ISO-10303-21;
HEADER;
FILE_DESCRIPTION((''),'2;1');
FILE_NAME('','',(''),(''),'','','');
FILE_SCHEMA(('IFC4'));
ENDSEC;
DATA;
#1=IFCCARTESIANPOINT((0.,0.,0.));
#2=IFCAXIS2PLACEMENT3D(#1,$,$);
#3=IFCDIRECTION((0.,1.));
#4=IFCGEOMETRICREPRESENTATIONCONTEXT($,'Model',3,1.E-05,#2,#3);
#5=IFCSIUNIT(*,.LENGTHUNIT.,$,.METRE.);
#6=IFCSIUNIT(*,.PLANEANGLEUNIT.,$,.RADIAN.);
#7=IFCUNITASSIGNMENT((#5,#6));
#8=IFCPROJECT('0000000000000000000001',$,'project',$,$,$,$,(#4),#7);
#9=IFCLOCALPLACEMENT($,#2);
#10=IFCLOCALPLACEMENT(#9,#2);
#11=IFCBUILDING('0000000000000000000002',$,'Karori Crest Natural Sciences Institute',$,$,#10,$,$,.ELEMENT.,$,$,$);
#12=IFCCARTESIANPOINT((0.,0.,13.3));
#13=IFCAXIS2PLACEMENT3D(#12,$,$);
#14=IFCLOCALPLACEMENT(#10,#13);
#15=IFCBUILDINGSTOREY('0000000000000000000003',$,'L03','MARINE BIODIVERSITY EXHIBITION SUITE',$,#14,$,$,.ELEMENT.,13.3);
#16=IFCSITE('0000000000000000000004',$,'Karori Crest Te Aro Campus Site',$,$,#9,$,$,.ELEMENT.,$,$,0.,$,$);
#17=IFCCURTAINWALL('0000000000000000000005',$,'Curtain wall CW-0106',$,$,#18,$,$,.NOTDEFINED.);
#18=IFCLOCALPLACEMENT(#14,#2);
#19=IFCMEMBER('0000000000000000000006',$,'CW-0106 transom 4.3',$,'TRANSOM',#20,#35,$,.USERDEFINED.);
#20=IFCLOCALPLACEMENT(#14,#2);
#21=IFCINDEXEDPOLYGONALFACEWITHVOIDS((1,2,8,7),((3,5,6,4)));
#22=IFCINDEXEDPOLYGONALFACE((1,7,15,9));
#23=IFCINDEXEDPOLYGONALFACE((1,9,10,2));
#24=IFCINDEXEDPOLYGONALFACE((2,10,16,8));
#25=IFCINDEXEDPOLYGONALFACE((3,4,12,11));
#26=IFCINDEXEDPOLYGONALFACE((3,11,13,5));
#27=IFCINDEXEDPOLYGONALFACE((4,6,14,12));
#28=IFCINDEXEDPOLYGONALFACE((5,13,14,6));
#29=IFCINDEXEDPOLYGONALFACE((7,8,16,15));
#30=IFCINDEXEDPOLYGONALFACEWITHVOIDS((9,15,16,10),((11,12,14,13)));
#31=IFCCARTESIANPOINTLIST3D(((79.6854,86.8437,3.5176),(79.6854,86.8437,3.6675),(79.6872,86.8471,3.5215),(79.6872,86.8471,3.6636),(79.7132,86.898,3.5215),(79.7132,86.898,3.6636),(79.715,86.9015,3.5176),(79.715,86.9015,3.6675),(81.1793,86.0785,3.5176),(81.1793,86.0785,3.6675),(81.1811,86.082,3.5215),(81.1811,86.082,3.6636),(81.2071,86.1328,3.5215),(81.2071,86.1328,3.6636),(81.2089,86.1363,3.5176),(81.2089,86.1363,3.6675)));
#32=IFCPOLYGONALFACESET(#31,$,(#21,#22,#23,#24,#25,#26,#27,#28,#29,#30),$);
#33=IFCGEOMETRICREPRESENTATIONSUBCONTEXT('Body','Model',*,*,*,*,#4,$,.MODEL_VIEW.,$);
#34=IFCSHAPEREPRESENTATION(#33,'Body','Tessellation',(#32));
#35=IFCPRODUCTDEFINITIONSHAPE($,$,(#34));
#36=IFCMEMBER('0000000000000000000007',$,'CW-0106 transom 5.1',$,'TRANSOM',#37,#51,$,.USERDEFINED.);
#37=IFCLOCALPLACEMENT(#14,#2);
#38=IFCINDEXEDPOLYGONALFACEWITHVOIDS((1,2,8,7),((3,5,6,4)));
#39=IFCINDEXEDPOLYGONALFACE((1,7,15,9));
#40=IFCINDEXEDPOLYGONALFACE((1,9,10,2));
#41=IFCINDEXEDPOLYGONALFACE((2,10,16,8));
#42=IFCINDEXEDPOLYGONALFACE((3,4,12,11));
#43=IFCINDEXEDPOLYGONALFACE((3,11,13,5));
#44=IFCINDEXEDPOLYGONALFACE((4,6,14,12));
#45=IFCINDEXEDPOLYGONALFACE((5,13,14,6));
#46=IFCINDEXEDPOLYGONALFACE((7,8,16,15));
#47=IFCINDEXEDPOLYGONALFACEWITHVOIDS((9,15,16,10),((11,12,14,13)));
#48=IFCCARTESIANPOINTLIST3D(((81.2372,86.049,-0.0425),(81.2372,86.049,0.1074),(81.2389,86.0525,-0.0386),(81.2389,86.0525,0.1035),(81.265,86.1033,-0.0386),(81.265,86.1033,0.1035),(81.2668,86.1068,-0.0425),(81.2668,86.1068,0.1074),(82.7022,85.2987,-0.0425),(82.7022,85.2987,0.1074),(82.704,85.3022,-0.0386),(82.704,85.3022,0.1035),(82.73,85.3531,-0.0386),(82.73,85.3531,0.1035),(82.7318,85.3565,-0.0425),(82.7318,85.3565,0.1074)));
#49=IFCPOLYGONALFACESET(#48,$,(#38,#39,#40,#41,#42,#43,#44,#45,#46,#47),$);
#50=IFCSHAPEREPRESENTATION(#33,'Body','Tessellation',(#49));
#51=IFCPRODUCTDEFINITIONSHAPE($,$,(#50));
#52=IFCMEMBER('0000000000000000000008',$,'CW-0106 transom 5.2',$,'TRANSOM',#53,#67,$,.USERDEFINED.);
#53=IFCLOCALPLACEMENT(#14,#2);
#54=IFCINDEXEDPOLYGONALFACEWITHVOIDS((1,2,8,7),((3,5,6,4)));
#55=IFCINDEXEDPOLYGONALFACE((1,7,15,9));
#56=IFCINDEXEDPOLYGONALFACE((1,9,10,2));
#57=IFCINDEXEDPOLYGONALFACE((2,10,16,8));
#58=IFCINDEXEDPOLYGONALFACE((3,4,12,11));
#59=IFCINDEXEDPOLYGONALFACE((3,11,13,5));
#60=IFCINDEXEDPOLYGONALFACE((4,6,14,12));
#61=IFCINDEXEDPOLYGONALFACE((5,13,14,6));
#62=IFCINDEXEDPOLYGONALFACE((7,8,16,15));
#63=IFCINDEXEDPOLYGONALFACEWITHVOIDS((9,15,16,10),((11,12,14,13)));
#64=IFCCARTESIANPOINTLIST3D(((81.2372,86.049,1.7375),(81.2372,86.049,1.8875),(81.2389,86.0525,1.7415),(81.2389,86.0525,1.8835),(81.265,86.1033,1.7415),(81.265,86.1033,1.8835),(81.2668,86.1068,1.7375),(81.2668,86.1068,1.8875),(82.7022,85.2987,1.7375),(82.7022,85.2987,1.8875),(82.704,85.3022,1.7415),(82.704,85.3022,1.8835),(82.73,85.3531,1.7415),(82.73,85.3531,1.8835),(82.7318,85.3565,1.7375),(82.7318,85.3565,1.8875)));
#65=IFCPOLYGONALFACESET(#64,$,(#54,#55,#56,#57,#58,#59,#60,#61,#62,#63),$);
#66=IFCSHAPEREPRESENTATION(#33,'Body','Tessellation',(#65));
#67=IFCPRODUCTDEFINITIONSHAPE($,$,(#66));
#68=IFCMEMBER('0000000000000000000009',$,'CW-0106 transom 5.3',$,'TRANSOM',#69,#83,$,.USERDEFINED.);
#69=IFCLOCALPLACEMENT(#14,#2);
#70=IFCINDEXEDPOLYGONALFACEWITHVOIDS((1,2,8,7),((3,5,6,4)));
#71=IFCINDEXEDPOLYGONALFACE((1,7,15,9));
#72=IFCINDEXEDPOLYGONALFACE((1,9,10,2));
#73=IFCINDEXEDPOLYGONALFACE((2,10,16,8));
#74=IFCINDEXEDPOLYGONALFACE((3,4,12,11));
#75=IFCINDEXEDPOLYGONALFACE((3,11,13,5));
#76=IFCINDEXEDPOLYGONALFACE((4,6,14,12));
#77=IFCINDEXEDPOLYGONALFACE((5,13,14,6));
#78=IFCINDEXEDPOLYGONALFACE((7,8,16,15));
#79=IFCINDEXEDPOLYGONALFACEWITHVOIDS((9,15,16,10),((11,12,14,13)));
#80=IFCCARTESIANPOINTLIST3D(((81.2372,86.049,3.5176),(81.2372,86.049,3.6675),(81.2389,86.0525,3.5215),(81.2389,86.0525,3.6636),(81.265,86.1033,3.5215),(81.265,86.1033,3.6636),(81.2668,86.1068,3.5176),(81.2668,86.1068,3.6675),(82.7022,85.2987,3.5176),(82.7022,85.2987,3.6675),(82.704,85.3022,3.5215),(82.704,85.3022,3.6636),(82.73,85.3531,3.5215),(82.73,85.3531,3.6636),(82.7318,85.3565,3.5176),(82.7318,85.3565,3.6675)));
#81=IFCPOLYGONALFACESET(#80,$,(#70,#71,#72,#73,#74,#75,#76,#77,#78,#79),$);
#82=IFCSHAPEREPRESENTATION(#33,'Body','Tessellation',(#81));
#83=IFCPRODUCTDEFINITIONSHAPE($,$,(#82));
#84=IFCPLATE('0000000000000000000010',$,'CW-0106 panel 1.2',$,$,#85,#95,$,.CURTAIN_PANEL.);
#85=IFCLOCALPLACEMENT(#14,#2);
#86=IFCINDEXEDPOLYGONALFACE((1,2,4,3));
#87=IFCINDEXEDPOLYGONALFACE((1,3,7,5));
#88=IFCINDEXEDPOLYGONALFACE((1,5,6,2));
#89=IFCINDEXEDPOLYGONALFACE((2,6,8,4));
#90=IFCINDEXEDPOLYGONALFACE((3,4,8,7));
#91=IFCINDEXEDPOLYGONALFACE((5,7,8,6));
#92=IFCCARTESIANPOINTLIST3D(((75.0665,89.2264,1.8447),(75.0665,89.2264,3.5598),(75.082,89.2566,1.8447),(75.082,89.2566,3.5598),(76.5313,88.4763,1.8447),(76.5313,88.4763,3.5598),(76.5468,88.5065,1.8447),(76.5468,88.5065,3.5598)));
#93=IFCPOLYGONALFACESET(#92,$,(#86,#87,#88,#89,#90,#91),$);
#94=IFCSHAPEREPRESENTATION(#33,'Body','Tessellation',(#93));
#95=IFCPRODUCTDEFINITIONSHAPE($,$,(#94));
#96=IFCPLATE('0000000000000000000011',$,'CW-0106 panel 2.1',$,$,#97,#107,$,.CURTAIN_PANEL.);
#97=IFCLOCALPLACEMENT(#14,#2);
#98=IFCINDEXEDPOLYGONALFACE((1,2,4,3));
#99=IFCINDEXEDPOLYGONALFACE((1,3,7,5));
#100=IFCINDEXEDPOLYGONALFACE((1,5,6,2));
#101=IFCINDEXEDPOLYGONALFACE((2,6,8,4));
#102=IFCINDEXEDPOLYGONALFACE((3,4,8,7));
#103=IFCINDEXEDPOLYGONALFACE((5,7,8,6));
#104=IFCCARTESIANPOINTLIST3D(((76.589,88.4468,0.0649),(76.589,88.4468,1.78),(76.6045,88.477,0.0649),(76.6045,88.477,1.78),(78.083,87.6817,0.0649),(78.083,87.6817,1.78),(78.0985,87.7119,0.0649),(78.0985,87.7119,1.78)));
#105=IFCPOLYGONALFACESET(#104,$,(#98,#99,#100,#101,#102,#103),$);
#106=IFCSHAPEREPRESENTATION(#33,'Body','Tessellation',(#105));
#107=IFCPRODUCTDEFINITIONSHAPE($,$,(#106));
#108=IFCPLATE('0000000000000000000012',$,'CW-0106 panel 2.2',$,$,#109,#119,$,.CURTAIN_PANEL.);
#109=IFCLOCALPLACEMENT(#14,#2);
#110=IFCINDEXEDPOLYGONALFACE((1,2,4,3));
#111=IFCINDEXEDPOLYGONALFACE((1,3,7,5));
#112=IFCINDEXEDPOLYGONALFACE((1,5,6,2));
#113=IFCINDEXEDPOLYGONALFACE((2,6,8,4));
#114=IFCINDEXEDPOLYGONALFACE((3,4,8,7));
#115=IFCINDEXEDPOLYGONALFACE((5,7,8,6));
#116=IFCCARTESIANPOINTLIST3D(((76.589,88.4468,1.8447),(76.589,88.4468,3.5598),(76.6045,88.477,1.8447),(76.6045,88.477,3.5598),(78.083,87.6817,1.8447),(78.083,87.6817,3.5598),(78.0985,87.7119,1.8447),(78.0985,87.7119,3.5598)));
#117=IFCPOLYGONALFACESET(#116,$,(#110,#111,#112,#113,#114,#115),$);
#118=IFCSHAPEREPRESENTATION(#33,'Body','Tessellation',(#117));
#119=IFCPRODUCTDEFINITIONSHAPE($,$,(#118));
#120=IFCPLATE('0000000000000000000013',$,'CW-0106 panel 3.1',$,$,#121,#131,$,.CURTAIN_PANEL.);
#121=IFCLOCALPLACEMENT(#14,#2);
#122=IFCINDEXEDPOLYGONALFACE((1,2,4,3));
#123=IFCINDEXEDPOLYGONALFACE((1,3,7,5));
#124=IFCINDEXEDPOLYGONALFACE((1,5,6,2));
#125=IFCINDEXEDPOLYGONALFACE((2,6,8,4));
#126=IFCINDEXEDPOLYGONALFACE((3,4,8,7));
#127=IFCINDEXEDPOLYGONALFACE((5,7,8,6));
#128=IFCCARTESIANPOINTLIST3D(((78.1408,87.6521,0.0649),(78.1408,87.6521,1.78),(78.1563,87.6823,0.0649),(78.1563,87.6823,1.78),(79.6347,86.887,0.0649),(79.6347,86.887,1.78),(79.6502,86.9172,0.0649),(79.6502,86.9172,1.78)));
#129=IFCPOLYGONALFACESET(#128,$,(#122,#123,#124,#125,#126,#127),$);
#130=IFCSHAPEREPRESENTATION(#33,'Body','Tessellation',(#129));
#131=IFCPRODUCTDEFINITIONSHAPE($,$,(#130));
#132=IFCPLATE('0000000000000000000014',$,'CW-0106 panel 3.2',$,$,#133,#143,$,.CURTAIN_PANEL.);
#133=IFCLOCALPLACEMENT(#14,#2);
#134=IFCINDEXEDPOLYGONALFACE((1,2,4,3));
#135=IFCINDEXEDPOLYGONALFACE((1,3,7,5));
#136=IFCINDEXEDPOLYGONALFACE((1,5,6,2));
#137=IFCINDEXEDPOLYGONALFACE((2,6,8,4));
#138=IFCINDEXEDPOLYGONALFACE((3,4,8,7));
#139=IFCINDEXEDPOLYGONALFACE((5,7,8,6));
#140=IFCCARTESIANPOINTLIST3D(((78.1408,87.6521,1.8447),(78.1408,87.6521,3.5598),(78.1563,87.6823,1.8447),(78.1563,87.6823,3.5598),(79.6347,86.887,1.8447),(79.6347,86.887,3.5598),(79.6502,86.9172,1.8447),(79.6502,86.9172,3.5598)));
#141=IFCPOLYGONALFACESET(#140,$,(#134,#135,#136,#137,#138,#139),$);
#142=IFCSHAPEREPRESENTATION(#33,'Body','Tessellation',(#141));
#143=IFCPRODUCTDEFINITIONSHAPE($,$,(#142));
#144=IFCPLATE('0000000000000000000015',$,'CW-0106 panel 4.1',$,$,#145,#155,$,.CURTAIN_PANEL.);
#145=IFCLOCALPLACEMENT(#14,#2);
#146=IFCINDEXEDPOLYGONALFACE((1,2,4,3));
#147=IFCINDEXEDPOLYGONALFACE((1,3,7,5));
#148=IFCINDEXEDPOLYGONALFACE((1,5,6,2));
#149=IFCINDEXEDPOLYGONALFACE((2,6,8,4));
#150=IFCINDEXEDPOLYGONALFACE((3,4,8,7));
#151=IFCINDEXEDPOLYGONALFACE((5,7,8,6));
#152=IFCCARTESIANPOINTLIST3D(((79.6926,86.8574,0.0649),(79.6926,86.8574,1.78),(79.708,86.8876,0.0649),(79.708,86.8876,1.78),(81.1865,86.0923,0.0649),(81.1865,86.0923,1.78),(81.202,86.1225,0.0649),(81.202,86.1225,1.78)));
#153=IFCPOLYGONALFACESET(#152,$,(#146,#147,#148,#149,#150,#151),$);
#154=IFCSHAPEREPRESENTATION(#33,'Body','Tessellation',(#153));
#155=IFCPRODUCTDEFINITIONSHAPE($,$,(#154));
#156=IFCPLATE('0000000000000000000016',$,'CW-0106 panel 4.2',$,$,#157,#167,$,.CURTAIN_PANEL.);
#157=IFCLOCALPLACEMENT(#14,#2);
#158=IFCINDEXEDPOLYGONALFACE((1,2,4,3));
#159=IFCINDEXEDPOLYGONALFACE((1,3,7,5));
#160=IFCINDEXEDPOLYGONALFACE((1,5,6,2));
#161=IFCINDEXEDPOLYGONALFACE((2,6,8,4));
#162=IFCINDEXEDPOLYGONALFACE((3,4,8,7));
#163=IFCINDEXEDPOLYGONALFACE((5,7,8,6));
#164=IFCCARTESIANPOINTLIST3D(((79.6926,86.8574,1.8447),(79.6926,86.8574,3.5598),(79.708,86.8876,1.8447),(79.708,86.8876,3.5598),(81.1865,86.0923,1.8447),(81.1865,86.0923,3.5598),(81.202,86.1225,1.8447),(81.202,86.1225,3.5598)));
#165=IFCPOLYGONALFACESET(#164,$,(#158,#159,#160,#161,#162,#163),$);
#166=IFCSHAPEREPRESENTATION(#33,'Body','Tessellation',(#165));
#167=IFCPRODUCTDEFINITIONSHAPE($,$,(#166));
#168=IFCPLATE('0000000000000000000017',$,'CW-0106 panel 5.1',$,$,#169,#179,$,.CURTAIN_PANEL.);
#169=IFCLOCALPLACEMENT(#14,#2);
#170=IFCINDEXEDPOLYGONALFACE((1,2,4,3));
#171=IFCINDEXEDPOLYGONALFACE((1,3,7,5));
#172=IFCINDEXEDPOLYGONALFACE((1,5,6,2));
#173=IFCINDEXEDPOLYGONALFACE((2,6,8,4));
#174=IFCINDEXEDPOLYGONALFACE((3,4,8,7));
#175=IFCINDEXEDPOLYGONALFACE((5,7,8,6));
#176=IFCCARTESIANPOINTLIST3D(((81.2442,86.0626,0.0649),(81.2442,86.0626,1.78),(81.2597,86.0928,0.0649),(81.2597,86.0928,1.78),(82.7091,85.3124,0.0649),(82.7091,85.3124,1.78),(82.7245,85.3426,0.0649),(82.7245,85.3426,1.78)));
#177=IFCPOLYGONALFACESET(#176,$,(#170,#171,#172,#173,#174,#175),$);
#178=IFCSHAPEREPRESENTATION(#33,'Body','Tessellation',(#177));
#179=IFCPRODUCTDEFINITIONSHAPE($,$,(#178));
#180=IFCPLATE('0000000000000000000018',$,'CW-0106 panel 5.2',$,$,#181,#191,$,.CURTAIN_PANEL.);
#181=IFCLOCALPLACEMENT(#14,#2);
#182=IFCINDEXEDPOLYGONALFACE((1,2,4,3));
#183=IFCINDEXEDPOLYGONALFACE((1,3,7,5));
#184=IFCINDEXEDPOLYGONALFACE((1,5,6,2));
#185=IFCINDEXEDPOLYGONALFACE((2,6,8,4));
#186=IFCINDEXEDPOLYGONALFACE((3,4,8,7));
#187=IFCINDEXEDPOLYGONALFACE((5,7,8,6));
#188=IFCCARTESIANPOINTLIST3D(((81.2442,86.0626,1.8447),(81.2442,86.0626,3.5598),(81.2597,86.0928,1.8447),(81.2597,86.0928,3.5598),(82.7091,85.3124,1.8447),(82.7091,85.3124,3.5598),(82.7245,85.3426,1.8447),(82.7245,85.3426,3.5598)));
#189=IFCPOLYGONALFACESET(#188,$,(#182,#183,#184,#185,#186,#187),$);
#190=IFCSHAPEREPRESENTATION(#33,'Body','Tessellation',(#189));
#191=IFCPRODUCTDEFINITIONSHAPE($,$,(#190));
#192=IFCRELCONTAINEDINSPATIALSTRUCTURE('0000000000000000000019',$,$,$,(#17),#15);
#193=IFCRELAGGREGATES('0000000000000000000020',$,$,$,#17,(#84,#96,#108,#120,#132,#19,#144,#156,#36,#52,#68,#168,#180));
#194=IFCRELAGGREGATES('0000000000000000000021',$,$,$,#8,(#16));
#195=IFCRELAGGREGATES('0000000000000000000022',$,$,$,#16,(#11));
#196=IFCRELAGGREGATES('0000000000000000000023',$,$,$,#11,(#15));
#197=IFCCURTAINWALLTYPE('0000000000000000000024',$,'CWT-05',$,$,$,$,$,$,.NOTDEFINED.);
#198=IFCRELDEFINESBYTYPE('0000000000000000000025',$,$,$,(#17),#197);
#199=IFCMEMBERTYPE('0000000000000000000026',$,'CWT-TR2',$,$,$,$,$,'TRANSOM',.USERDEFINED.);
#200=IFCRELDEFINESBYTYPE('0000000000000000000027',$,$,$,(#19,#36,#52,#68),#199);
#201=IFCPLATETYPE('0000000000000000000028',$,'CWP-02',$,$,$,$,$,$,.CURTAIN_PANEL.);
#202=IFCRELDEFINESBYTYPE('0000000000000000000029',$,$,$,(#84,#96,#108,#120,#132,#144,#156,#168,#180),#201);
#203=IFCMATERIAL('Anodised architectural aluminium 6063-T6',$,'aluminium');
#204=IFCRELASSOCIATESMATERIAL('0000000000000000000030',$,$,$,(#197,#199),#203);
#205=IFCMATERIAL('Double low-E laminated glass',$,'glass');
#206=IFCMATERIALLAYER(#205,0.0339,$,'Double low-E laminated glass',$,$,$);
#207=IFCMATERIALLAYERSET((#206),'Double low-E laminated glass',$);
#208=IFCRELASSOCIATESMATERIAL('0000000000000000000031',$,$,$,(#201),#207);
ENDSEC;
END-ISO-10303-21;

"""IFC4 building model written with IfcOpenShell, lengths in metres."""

from ifc_helpers import new_model, si_unit, direction, frame, origin, origin_2d, place, context, subcontext, project, spatial, rectangle, hollow_rectangle, extrude, material, layer, layer_set, material_profile, profile_set, type_object, element, aggregate, save


model = new_model("IFC4")

# Units and contexts
model_context = context("Model", 3, precision=1e-05, world=origin(), true_north=direction((0.0, 1.0)))
body_context = subcontext(model_context, "Body", "Model", "MODEL_VIEW")
ifc_project = project(units=[si_unit("LENGTHUNIT", "METRE"), si_unit("PLANEANGLEUNIT", "RADIAN")], contexts=[model_context])

# Site, building, storey
site_placement = place(None, origin())
site = spatial("IfcSite", under=ifc_project, at=site_placement, Name="Karori Crest Te Aro Campus Site", CompositionType="ELEMENT", RefElevation=0.0)
building_placement = place(site_placement, origin())
building = spatial("IfcBuilding", under=site, at=building_placement, Name="Karori Crest Natural Sciences Institute", CompositionType="ELEMENT")
storey_placement = place(building_placement, frame((0.0, 0.0, 13.3)))
storey = spatial("IfcBuildingStorey", under=building, at=storey_placement, Name="L03", Description="MARINE BIODIVERSITY EXHIBITION SUITE", CompositionType="ELEMENT", Elevation=13.3)

# Shared definitions
ifc_material_1 = material(Name="Anodised architectural aluminium 6063-T6", Category="aluminium")

# Curtain wall
curtain_wall_type_1 = type_object("IfcCurtainWallType", Name="CWT-05", PredefinedType="NOTDEFINED", material=ifc_material_1)
curtain_wall_1_placement = place(storey_placement, origin())
curtain_wall_1 = element("IfcCurtainWall", 1, at=curtain_wall_1_placement, inside=storey, type_object=curtain_wall_type_1, Name="Curtain wall CW-0106", PredefinedType="NOTDEFINED")

# Members
ifc_material_profile_1 = material_profile(ifc_material_1, hollow_rectangle(XDim=0.0649, YDim=0.1499, WallThickness=0.0039, at=origin_2d()), Name="CWT150x65x4")
ifc_profile_set_1 = profile_set([ifc_material_profile_1], Name="Anodised architectural aluminium 6063-T6")
member_type_1 = type_object("IfcMemberType", Name="CWT-TR2", ElementType="TRANSOM", PredefinedType="USERDEFINED", material=ifc_profile_set_1)
member_1_placement = place(storey_placement, frame((79.7002, 86.8726, 3.5925), z_axis=(0.890051, -0.455862, 0.0), x_axis=(0.455862, 0.890051, 0.0)))
member_1 = element("IfcMember", 2, at=member_1_placement, type_object=member_type_1, Name="CW-0106 transom 4.3", ObjectType="TRANSOM", PredefinedType="USERDEFINED", context=body_context, shape_type="SweptSolid", body=[
    extrude(hollow_rectangle(XDim=0.0649, YDim=0.1499, WallThickness=0.0039, at=origin_2d()), origin(), (0.0, 0.0, 1.0), 1.6785),
])
member_2_placement = place(storey_placement, frame((81.252, 86.0779, 0.0325), z_axis=(0.890084, -0.455796, 0.0), x_axis=(0.455796, 0.890084, 0.0)))
member_2 = element("IfcMember", 3, at=member_2_placement, type_object=member_type_1, Name="CW-0106 transom 5.1", ObjectType="TRANSOM", PredefinedType="USERDEFINED", context=body_context, shape_type="SweptSolid", body=[
    extrude(hollow_rectangle(XDim=0.0649, YDim=0.1499, WallThickness=0.0039, at=origin_2d()), origin(), (0.0, 0.0, 1.0), 1.646),
])
member_3_placement = place(storey_placement, frame((81.252, 86.0779, 1.8125), z_axis=(0.890084, -0.455796, 0.0), x_axis=(0.455796, 0.890084, 0.0)))
member_3 = element("IfcMember", 4, at=member_3_placement, type_object=member_type_1, Name="CW-0106 transom 5.2", ObjectType="TRANSOM", PredefinedType="USERDEFINED", context=body_context, shape_type="SweptSolid", body=[
    extrude(hollow_rectangle(XDim=0.0649, YDim=0.1499, WallThickness=0.0039, at=origin_2d()), origin(), (0.0, 0.0, 1.0), 1.646),
])
member_4_placement = place(storey_placement, frame((81.252, 86.0779, 3.5925), z_axis=(0.890084, -0.455796, 0.0), x_axis=(0.455796, 0.890084, 0.0)))
member_4 = element("IfcMember", 5, at=member_4_placement, type_object=member_type_1, Name="CW-0106 transom 5.3", ObjectType="TRANSOM", PredefinedType="USERDEFINED", context=body_context, shape_type="SweptSolid", body=[
    extrude(hollow_rectangle(XDim=0.0649, YDim=0.1499, WallThickness=0.0039, at=origin_2d()), origin(), (0.0, 0.0, 1.0), 1.646),
])

# Plates
ifc_material_2 = material(Name="Double low-E laminated glass", Category="glass")
ifc_layer_1 = layer(ifc_material_2, 0.0339, Name="Double low-E laminated glass")
ifc_layer_set_1 = layer_set([ifc_layer_1], Name="Double low-E laminated glass")
plate_type = type_object("IfcPlateType", Name="CWP-02", PredefinedType="CURTAIN_PANEL", material=ifc_layer_set_1)
plate_1_placement = place(storey_placement, frame((75.8066, 88.8665, 1.8447), z_axis=(0.0, 0.0, 1.0), x_axis=(0.890067, -0.455829, 0.0)))
plate_1 = element("IfcPlate", 6, at=plate_1_placement, type_object=plate_type, Name="CW-0106 panel 1.2", PredefinedType="CURTAIN_PANEL", context=body_context, shape_type="SweptSolid", body=[
    extrude(rectangle(XDim=1.6458, YDim=0.0339, at=origin_2d()), origin(), (0.0, 0.0, 1.0), 1.7151),
])
plate_2_placement = place(storey_placement, frame((77.3438, 88.0793, 0.0649), z_axis=(0.0, 0.0, 1.0), x_axis=(0.890067, -0.455829, 0.0)))
plate_2 = element("IfcPlate", 7, at=plate_2_placement, type_object=plate_type, Name="CW-0106 panel 2.1", PredefinedType="CURTAIN_PANEL", context=body_context, shape_type="SweptSolid", body=[
    extrude(rectangle(XDim=1.6785, YDim=0.0339, at=origin_2d()), origin(), (0.0, 0.0, 1.0), 1.7151),
])
plate_3_placement = place(storey_placement, frame((77.3438, 88.0793, 1.8447), z_axis=(0.0, 0.0, 1.0), x_axis=(0.890067, -0.455829, 0.0)))
plate_3 = element("IfcPlate", 8, at=plate_3_placement, type_object=plate_type, Name="CW-0106 panel 2.2", PredefinedType="CURTAIN_PANEL", context=body_context, shape_type="SweptSolid", body=[
    extrude(rectangle(XDim=1.6785, YDim=0.0339, at=origin_2d()), origin(), (0.0, 0.0, 1.0), 1.7151),
])
plate_4_placement = place(storey_placement, frame((78.8955, 87.2847, 0.0649), z_axis=(0.0, 0.0, 1.0), x_axis=(0.890067, -0.455829, 0.0)))
plate_4 = element("IfcPlate", 9, at=plate_4_placement, type_object=plate_type, Name="CW-0106 panel 3.1", PredefinedType="CURTAIN_PANEL", context=body_context, shape_type="SweptSolid", body=[
    extrude(rectangle(XDim=1.6785, YDim=0.0339, at=origin_2d()), origin(), (0.0, 0.0, 1.0), 1.7151),
])
plate_5_placement = place(storey_placement, frame((78.8955, 87.2847, 1.8447), z_axis=(0.0, 0.0, 1.0), x_axis=(0.890067, -0.455829, 0.0)))
plate_5 = element("IfcPlate", 10, at=plate_5_placement, type_object=plate_type, Name="CW-0106 panel 3.2", PredefinedType="CURTAIN_PANEL", context=body_context, shape_type="SweptSolid", body=[
    extrude(rectangle(XDim=1.6785, YDim=0.0339, at=origin_2d()), origin(), (0.0, 0.0, 1.0), 1.7151),
])
plate_6_placement = place(storey_placement, frame((80.4473, 86.49, 0.0649), z_axis=(0.0, 0.0, 1.0), x_axis=(0.890067, -0.455829, 0.0)))
plate_6 = element("IfcPlate", 11, at=plate_6_placement, type_object=plate_type, Name="CW-0106 panel 4.1", PredefinedType="CURTAIN_PANEL", context=body_context, shape_type="SweptSolid", body=[
    extrude(rectangle(XDim=1.6785, YDim=0.0339, at=origin_2d()), origin(), (0.0, 0.0, 1.0), 1.7151),
])
plate_7_placement = place(storey_placement, frame((80.4473, 86.49, 1.8447), z_axis=(0.0, 0.0, 1.0), x_axis=(0.890067, -0.455829, 0.0)))
plate_7 = element("IfcPlate", 12, at=plate_7_placement, type_object=plate_type, Name="CW-0106 panel 4.2", PredefinedType="CURTAIN_PANEL", context=body_context, shape_type="SweptSolid", body=[
    extrude(rectangle(XDim=1.6785, YDim=0.0339, at=origin_2d()), origin(), (0.0, 0.0, 1.0), 1.7151),
])
plate_8_placement = place(storey_placement, frame((81.9844, 85.7026, 0.0649), z_axis=(0.0, 0.0, 1.0), x_axis=(0.890067, -0.455829, 0.0)))
plate_8 = element("IfcPlate", 13, at=plate_8_placement, type_object=plate_type, Name="CW-0106 panel 5.1", PredefinedType="CURTAIN_PANEL", context=body_context, shape_type="SweptSolid", body=[
    extrude(rectangle(XDim=1.6458, YDim=0.0339, at=origin_2d()), origin(), (0.0, 0.0, 1.0), 1.7151),
])
plate_9_placement = place(storey_placement, frame((81.9844, 85.7026, 1.8447), z_axis=(0.0, 0.0, 1.0), x_axis=(0.890067, -0.455829, 0.0)))
plate_9 = element("IfcPlate", 14, at=plate_9_placement, type_object=plate_type, Name="CW-0106 panel 5.2", PredefinedType="CURTAIN_PANEL", context=body_context, shape_type="SweptSolid", body=[
    extrude(rectangle(XDim=1.6458, YDim=0.0339, at=origin_2d()), origin(), (0.0, 0.0, 1.0), 1.7151),
])
aggregate(curtain_wall_1, [plate_1, plate_2, plate_3, plate_4, plate_5, member_1, plate_6, plate_7, member_2, member_3, member_4, plate_8, plate_9])

save(model, "model.ifc")
